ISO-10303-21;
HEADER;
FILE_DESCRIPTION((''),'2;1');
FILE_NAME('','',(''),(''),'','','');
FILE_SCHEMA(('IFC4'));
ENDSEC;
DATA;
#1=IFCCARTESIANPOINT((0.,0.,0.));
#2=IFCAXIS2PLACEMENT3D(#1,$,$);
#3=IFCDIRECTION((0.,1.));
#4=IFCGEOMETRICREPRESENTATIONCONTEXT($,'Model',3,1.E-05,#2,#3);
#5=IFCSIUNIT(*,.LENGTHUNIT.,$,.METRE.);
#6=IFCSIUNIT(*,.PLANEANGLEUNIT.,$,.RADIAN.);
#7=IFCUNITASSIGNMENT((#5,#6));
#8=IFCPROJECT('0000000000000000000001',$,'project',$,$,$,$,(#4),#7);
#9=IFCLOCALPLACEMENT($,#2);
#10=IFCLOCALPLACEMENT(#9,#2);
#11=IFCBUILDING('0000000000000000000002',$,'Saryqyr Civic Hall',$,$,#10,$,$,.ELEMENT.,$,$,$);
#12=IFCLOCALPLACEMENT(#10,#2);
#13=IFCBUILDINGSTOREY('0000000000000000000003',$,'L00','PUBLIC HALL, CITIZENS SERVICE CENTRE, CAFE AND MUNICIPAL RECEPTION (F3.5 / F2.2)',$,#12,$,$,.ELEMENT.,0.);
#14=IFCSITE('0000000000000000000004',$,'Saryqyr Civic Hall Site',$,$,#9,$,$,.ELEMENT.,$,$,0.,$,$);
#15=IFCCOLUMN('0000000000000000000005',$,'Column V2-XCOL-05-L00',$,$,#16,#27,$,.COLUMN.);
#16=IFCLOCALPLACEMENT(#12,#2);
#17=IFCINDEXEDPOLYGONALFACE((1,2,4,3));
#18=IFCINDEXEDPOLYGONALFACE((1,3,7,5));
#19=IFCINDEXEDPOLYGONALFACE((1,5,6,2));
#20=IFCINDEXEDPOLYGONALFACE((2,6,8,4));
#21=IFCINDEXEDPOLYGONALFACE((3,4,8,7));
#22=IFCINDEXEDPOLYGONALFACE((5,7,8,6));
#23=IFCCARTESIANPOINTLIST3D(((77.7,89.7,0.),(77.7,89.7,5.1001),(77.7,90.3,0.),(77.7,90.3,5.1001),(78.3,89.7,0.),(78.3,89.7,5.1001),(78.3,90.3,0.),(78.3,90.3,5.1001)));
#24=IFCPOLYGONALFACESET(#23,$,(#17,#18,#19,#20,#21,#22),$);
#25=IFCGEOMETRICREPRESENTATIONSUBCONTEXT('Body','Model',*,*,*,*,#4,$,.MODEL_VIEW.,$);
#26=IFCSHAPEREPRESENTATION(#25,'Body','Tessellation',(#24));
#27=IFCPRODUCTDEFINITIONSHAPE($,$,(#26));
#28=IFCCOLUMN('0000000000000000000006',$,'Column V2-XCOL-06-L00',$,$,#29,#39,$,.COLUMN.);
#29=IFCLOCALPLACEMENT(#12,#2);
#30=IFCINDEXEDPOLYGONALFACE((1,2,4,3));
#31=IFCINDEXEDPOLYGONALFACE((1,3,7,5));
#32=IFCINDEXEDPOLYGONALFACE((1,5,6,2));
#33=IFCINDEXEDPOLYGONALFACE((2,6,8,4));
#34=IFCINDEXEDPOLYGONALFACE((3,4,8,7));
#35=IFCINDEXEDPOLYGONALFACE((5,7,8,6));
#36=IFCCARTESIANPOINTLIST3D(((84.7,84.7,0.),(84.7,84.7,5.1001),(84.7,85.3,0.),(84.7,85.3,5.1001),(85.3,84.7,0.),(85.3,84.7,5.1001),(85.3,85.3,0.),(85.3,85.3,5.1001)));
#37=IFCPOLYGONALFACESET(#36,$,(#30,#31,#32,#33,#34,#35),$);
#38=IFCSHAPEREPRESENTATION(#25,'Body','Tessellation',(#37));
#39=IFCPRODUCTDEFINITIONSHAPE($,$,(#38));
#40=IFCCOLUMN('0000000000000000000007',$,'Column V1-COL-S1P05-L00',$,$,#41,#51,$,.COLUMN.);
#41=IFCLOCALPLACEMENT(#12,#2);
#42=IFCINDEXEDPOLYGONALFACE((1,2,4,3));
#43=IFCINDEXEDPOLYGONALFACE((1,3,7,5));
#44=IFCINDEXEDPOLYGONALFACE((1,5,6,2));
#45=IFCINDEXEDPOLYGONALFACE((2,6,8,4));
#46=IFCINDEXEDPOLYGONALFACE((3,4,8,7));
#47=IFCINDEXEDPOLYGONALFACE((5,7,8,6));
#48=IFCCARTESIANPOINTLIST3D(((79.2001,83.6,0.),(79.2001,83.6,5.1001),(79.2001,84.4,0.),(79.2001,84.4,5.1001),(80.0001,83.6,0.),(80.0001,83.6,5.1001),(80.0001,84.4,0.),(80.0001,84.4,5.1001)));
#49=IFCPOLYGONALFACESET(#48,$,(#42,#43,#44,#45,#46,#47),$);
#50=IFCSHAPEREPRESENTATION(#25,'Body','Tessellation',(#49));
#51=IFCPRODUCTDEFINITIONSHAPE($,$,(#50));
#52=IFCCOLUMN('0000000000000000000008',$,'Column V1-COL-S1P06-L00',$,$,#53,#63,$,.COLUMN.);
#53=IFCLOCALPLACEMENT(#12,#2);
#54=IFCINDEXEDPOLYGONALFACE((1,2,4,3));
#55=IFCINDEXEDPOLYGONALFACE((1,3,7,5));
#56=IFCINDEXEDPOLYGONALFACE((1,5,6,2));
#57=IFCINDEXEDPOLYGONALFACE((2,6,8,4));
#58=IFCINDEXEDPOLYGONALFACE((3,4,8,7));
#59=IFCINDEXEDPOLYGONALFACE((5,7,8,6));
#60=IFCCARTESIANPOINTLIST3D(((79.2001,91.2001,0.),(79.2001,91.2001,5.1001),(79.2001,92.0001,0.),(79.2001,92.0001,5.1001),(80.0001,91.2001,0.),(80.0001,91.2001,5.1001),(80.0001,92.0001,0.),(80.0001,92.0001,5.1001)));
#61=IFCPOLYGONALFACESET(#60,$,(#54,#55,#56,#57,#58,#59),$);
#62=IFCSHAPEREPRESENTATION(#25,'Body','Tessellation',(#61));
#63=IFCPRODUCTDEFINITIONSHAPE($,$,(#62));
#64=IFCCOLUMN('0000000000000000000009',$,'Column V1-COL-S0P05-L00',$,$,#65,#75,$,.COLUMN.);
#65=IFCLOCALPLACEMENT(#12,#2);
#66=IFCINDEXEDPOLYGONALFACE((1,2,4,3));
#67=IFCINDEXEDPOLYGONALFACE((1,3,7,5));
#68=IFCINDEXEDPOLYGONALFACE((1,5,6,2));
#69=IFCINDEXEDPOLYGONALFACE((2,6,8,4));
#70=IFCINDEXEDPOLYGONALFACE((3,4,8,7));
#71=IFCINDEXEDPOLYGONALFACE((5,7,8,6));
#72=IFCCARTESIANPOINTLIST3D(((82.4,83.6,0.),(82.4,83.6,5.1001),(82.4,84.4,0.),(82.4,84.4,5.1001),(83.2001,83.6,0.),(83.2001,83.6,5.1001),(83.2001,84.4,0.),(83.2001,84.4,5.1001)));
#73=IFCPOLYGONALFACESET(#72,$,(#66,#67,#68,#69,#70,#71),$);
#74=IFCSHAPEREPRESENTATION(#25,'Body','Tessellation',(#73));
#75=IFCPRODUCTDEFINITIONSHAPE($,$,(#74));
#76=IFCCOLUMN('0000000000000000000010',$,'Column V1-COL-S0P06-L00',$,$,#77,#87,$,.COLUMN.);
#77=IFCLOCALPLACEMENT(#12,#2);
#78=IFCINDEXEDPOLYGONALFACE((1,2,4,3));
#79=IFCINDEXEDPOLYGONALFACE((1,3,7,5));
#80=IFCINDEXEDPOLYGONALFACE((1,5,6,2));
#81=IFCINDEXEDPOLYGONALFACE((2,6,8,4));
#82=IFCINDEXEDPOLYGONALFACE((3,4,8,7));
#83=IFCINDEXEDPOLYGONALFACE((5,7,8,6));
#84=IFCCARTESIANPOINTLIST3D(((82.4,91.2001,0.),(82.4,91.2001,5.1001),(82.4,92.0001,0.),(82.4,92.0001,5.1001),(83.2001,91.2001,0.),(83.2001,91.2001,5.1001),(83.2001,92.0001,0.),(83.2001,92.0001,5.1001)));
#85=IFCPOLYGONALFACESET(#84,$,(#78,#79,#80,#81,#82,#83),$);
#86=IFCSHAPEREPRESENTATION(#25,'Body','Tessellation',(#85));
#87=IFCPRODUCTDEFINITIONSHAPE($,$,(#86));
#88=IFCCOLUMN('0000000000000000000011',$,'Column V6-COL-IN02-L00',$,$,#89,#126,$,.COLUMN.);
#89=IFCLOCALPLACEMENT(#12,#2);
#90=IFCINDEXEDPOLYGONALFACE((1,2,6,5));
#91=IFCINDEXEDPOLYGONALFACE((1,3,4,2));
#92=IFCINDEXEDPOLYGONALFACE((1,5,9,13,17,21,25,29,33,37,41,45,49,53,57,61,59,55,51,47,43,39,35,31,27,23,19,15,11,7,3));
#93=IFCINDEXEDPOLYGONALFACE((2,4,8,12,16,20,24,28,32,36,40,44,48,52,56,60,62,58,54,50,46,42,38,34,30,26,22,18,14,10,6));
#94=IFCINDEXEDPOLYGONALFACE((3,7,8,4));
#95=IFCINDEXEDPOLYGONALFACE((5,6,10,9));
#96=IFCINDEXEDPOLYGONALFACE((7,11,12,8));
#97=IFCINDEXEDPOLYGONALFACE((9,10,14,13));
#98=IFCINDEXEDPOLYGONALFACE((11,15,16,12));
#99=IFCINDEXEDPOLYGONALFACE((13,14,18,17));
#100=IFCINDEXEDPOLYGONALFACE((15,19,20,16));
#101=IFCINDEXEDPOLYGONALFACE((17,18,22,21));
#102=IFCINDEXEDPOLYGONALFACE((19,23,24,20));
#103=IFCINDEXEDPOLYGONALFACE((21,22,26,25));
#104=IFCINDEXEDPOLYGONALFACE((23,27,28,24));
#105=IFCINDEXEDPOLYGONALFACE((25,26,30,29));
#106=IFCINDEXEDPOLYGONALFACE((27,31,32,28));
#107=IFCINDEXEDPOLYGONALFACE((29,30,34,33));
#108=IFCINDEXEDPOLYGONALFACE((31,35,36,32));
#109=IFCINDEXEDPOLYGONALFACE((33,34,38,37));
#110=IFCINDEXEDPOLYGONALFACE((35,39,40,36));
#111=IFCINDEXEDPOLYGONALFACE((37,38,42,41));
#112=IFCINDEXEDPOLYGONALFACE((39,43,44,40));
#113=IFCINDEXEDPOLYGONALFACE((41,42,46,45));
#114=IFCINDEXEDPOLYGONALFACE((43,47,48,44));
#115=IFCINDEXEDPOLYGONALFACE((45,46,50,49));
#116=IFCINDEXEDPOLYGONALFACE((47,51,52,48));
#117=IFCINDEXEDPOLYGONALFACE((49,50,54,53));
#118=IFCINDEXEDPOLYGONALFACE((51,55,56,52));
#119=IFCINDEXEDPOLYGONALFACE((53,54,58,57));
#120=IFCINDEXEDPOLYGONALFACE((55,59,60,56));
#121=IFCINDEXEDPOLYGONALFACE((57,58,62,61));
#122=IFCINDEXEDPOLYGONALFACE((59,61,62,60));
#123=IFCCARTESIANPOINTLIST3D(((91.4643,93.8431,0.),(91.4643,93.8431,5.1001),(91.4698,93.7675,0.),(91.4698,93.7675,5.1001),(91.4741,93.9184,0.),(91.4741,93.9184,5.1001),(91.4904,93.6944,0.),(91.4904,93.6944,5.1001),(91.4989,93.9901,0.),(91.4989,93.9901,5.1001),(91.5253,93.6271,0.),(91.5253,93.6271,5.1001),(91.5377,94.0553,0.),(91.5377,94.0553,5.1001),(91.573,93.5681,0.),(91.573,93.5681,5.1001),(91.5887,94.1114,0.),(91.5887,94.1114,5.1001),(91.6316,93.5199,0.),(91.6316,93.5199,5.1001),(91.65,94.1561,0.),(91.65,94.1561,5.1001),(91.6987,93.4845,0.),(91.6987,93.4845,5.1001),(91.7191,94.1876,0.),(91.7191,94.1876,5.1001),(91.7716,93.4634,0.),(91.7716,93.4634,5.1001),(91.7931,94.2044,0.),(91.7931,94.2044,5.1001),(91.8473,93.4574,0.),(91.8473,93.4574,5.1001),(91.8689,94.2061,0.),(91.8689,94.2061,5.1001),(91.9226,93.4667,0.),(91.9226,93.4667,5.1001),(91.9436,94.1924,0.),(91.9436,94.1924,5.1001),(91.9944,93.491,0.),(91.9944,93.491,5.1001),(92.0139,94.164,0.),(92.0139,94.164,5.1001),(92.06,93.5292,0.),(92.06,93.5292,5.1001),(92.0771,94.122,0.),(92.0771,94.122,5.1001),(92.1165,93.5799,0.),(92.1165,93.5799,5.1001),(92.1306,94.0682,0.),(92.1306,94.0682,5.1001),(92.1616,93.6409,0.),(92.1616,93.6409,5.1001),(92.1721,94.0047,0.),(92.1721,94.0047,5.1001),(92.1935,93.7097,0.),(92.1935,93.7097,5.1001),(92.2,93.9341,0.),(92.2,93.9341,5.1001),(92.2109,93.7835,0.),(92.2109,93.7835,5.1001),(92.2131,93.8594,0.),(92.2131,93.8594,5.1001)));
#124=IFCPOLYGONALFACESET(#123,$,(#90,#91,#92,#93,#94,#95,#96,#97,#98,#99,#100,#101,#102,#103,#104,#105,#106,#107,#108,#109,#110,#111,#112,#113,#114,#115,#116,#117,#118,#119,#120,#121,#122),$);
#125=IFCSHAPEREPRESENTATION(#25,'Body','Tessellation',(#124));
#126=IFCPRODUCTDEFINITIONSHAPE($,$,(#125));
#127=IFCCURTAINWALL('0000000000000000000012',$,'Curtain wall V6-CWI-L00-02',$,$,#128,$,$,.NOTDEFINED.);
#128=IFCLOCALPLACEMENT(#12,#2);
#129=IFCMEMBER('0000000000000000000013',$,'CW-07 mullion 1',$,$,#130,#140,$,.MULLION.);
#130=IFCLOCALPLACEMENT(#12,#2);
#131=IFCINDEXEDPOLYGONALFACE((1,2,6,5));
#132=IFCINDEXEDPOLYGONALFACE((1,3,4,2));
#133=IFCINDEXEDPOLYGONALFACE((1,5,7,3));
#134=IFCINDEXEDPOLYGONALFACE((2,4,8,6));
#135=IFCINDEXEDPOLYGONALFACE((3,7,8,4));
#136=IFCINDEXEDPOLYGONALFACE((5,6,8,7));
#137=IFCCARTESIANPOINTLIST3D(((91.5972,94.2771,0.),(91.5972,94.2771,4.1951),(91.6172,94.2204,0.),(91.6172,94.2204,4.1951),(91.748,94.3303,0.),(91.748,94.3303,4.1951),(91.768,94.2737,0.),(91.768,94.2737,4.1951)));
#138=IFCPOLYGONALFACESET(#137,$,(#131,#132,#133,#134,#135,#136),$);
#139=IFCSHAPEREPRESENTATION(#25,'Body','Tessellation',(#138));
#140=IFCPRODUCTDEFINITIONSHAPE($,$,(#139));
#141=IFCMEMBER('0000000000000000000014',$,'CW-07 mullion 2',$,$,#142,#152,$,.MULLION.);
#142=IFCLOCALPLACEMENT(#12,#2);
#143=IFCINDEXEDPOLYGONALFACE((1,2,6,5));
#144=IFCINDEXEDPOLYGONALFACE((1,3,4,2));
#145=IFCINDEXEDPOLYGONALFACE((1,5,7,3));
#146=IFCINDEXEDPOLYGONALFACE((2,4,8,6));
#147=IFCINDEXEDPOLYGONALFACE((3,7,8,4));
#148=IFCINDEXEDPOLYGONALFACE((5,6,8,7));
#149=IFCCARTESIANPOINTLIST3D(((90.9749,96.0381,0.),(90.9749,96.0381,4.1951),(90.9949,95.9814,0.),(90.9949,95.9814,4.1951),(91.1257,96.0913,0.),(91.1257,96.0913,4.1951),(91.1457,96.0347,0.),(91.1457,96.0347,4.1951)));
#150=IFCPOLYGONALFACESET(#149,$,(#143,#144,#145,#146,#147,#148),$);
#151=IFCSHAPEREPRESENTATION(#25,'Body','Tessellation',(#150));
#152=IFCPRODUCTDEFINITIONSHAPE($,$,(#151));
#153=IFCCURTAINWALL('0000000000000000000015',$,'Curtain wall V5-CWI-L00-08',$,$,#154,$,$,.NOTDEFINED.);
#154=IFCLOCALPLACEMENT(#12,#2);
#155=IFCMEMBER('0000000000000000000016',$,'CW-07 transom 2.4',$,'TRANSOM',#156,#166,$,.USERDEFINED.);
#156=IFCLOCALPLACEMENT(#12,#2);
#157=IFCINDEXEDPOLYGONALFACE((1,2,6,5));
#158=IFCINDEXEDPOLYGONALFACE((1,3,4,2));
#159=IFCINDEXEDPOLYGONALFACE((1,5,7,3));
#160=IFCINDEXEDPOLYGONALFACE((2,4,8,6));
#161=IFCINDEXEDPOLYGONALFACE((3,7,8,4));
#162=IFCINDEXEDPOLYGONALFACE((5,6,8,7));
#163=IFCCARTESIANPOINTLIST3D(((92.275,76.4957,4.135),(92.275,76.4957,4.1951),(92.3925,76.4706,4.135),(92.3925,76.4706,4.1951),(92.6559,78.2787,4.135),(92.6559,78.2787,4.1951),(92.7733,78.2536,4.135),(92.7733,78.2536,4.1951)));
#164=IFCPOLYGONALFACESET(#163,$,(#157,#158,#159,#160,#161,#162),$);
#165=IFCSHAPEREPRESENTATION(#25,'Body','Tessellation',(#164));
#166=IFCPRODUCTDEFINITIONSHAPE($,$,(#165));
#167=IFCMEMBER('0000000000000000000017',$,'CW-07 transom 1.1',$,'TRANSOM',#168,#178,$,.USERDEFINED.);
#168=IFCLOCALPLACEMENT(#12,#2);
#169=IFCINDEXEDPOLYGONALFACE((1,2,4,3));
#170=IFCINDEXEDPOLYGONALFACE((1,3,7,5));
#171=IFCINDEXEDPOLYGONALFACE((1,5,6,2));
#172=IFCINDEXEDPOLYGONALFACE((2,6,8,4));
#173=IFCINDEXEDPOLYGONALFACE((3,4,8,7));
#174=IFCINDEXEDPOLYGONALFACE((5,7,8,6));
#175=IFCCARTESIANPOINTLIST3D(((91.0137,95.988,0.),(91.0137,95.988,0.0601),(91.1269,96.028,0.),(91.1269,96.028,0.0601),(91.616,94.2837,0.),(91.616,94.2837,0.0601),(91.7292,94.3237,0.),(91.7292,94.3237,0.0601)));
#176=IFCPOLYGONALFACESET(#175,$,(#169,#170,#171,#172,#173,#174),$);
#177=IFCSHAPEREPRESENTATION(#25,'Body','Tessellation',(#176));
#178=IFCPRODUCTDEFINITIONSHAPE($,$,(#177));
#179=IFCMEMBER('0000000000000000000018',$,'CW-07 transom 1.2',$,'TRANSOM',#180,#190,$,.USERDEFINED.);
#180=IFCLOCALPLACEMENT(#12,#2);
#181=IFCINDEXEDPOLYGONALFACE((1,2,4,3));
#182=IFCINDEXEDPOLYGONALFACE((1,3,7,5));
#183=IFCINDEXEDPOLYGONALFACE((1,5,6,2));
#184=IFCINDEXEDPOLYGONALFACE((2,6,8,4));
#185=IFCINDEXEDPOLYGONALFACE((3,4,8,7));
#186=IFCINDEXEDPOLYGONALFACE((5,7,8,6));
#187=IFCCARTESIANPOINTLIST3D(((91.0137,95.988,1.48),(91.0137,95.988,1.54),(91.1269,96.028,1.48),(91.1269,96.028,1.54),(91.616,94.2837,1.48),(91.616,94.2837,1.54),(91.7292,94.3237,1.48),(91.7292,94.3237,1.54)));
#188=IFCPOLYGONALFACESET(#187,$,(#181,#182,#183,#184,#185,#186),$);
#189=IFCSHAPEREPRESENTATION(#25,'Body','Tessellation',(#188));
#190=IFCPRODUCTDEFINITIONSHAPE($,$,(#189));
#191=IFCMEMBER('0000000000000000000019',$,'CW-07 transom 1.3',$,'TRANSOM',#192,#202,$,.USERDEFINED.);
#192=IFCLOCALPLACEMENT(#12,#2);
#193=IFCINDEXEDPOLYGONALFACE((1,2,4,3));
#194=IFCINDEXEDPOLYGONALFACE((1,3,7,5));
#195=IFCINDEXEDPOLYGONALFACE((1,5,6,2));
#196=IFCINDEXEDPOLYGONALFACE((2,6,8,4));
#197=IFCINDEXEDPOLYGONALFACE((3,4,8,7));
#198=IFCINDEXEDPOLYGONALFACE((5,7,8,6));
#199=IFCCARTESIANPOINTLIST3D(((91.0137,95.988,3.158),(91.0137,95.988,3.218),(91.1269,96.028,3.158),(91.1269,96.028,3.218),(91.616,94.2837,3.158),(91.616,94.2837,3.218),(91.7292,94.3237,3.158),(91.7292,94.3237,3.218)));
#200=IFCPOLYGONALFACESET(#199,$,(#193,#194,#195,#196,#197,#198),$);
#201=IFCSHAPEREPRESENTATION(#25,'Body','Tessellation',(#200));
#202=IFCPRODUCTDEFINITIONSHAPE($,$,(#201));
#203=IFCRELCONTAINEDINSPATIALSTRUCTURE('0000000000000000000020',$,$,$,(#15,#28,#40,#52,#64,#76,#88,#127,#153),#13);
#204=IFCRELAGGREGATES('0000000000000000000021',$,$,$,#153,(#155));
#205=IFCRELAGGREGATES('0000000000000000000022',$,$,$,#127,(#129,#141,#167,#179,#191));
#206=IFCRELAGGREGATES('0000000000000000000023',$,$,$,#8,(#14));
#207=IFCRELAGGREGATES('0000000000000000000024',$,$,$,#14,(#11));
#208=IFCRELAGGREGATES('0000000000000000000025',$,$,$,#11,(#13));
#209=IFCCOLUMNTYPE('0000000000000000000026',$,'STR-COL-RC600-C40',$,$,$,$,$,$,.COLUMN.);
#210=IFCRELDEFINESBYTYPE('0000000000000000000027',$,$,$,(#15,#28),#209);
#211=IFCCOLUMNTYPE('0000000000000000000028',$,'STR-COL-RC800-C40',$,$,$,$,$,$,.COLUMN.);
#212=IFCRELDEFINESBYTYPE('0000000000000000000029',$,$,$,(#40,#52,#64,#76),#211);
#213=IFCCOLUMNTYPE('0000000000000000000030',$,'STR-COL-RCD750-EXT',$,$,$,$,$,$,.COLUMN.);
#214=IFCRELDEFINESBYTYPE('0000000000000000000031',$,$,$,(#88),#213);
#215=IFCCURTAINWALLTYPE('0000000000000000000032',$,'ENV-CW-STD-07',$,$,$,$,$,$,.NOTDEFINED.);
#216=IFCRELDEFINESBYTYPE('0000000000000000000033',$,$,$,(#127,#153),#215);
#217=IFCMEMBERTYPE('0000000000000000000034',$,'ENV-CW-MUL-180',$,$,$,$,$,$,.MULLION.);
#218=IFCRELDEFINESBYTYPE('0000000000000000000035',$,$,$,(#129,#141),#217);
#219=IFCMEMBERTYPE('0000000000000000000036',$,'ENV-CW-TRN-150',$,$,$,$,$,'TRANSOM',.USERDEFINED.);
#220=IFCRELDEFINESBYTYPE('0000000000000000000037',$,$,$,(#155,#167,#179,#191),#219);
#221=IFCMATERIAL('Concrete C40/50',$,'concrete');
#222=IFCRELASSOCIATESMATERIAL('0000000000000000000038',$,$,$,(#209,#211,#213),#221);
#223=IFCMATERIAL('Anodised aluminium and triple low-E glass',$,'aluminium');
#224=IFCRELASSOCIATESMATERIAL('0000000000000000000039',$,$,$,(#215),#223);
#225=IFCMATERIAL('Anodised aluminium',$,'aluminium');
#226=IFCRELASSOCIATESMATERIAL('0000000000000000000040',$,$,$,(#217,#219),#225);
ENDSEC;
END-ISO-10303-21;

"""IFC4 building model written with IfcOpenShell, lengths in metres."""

from ifc_helpers import new_model, si_unit, direction, frame, origin, origin_2d, place, context, subcontext, project, spatial, rectangle, circle, extrude, material, material_profile, profile_set, type_object, element, aggregate, save


model = new_model("IFC4")

# Units and contexts
model_context = context("Model", 3, precision=1e-05, world=origin(), true_north=direction((0.0, 1.0)))
body_context = subcontext(model_context, "Body", "Model", "MODEL_VIEW")
ifc_project = project(units=[si_unit("LENGTHUNIT", "METRE"), si_unit("PLANEANGLEUNIT", "RADIAN")], contexts=[model_context])

# Site, building, storey
site_placement = place(None, origin())
site = spatial("IfcSite", under=ifc_project, at=site_placement, Name="Saryqyr Civic Hall Site", CompositionType="ELEMENT", RefElevation=0.0)
building_placement = place(site_placement, origin())
building = spatial("IfcBuilding", under=site, at=building_placement, Name="Saryqyr Civic Hall", CompositionType="ELEMENT")
storey_placement = place(building_placement, origin())
storey = spatial("IfcBuildingStorey", under=building, at=storey_placement, Name="L00", Description="PUBLIC HALL, CITIZENS SERVICE CENTRE, CAFE AND MUNICIPAL RECEPTION (F3.5 / F2.2)", CompositionType="ELEMENT", Elevation=0.0)

# Columns
ifc_material_1 = material(Name="Concrete C40/50", Category="concrete")
ifc_material_profile_1 = material_profile(ifc_material_1, rectangle(XDim=0.6001, YDim=0.6001, at=origin_2d()), Name="RC 600x600")
ifc_profile_set_1 = profile_set([ifc_material_profile_1], Name="Concrete C40/50")
column_type_1 = type_object("IfcColumnType", Name="STR-COL-RC600-C40", PredefinedType="COLUMN", material=ifc_profile_set_1)
for number, where, z_axis, x_axis, name in (
    (1, (78.0, 90.0, 0.0), (0.0, 0.0, 1.0), (1.0, 0.0, 0.0), "Column V2-XCOL-05-L00"),
    (2, (85.0, 85.0, 0.0), (0.0, 0.0, 1.0), (1.0, 0.0, 0.0), "Column V2-XCOL-06-L00"),
):
    element("IfcColumn", number, at=place(storey_placement, frame(where, z_axis=z_axis, x_axis=x_axis)), inside=storey, type_object=column_type_1, Name=name, PredefinedType="COLUMN", context=body_context, shape_type="SweptSolid", body=[
        extrude(rectangle(XDim=0.6001, YDim=0.6001, at=origin_2d()), origin(), (0.0, 0.0, 1.0), 5.1001),
    ])
ifc_material_profile_2 = material_profile(ifc_material_1, rectangle(XDim=0.8, YDim=0.8, at=origin_2d()), Name="RC 800x800")
ifc_profile_set_2 = profile_set([ifc_material_profile_2], Name="Concrete C40/50")
column_type_2 = type_object("IfcColumnType", Name="STR-COL-RC800-C40", PredefinedType="COLUMN", material=ifc_profile_set_2)
for number, where, z_axis, x_axis, name in (
    (3, (79.6001, 84.0, 0.0), (0.0, 0.0, 1.0), (1.0, 0.0, 0.0), "Column V1-COL-S1P05-L00"),
    (4, (79.6001, 91.6001, 0.0), (0.0, 0.0, 1.0), (1.0, 0.0, 0.0), "Column V1-COL-S1P06-L00"),
    (5, (82.8, 84.0, 0.0), (0.0, 0.0, 1.0), (1.0, 0.0, 0.0), "Column V1-COL-S0P05-L00"),
    (6, (82.8, 91.6001, 0.0), (0.0, 0.0, 1.0), (1.0, 0.0, 0.0), "Column V1-COL-S0P06-L00"),
):
    element("IfcColumn", number, at=place(storey_placement, frame(where, z_axis=z_axis, x_axis=x_axis)), inside=storey, type_object=column_type_2, Name=name, PredefinedType="COLUMN", context=body_context, shape_type="SweptSolid", body=[
        extrude(rectangle(XDim=0.8, YDim=0.8, at=origin_2d()), origin(), (0.0, 0.0, 1.0), 5.1001),
    ])
ifc_material_profile_3 = material_profile(ifc_material_1, circle(Radius=0.375, at=origin_2d()), Name="RC D750")
ifc_profile_set_3 = profile_set([ifc_material_profile_3], Name="Concrete C40/50")
column_type_3 = type_object("IfcColumnType", Name="STR-COL-RCD750-EXT", PredefinedType="COLUMN", material=ifc_profile_set_3)
column_placement = place(storey_placement, frame((91.8391, 93.8323, 0.0), z_axis=(0.0, 0.0, 1.0), x_axis=(0.962408, 0.271608, 0.0)))
element("IfcColumn", 7, at=column_placement, inside=storey, type_object=column_type_3, Name="Column V6-COL-IN02-L00", PredefinedType="COLUMN", context=body_context, shape_type="SweptSolid", body=[
    extrude(circle(Radius=0.375, at=origin_2d()), origin(), (0.0, 0.0, 1.0), 5.1001),
])

# Curtain wall, members
ifc_material_2 = material(Name="Anodised aluminium and triple low-E glass", Category="aluminium")
curtain_wall_type = type_object("IfcCurtainWallType", Name="ENV-CW-STD-07", PredefinedType="NOTDEFINED", material=ifc_material_2)
curtain_wall_1_placement = place(storey_placement, origin())
curtain_wall_1 = element("IfcCurtainWall", 8, at=curtain_wall_1_placement, inside=storey, type_object=curtain_wall_type, Name="Curtain wall V6-CWI-L00-02", PredefinedType="NOTDEFINED")
ifc_material_3 = material(Name="Anodised aluminium", Category="aluminium")
ifc_material_profile_4 = material_profile(ifc_material_3, rectangle(XDim=0.0601, YDim=0.1599, at=origin_2d()), Name="ALU MULLION 60x160")
ifc_profile_set_4 = profile_set([ifc_material_profile_4], Name="Anodised aluminium")
member_type_1 = type_object("IfcMemberType", Name="ENV-CW-MUL-180", PredefinedType="MULLION", material=ifc_profile_set_4)
member_1_placement = place(storey_placement, frame((91.6826, 94.2754, 0.0), z_axis=(0.0, 0.0, 1.0), x_axis=(-0.333173, 0.942866, 0.0)))
member_1 = element("IfcMember", 9, at=member_1_placement, type_object=member_type_1, Name="CW-07 mullion 1", PredefinedType="MULLION", context=body_context, shape_type="SweptSolid", body=[
    extrude(rectangle(XDim=0.0601, YDim=0.1599, at=origin_2d()), origin(), (0.0, 0.0, 1.0), 4.1951),
])
member_2_placement = place(storey_placement, frame((91.0603, 96.0364, 0.0), z_axis=(0.0, 0.0, 1.0), x_axis=(-0.333173, 0.942866, 0.0)))
member_2 = element("IfcMember", 10, at=member_2_placement, type_object=member_type_1, Name="CW-07 mullion 2", PredefinedType="MULLION", context=body_context, shape_type="SweptSolid", body=[
    extrude(rectangle(XDim=0.0601, YDim=0.1599, at=origin_2d()), origin(), (0.0, 0.0, 1.0), 4.1951),
])

# Curtain wall, member
curtain_wall_2_placement = place(storey_placement, origin())
curtain_wall_2 = element("IfcCurtainWall", 11, at=curtain_wall_2_placement, inside=storey, type_object=curtain_wall_type, Name="Curtain wall V5-CWI-L00-08", PredefinedType="NOTDEFINED")
ifc_material_profile_5 = material_profile(ifc_material_3, rectangle(XDim=0.1201, YDim=0.0601, at=origin_2d()), Name="ALU TRANSOM 120x60")
ifc_profile_set_5 = profile_set([ifc_material_profile_5], Name="Anodised aluminium")
member_type_2 = type_object("IfcMemberType", Name="ENV-CW-TRN-150", ElementType="TRANSOM", PredefinedType="USERDEFINED", material=ifc_profile_set_5)
member_3_placement = place(storey_placement, frame((92.3337, 76.4832, 4.165), z_axis=(0.208898, 0.977937, 0.0), x_axis=(-0.977937, 0.208898, 0.0)))
member_3 = element("IfcMember", 12, at=member_3_placement, type_object=member_type_2, Name="CW-07 transom 2.4", ObjectType="TRANSOM", PredefinedType="USERDEFINED", context=body_context, shape_type="SweptSolid", body=[
    extrude(rectangle(XDim=0.1201, YDim=0.0601, at=origin_2d()), origin(), (0.0, 0.0, 1.0), 1.8232),
])
aggregate(curtain_wall_2, [member_3])

# Members
member_4_placement = place(storey_placement, frame((91.6726, 94.3037, 0.03), z_axis=(-0.333195, 0.942858, 0.0), x_axis=(-0.942858, -0.333195, 0.0)))
member_4 = element("IfcMember", 13, at=member_4_placement, type_object=member_type_2, Name="CW-07 transom 1.1", ObjectType="TRANSOM", PredefinedType="USERDEFINED", context=body_context, shape_type="SweptSolid", body=[
    extrude(rectangle(XDim=0.1201, YDim=0.0601, at=origin_2d()), origin(), (0.0, 0.0, 1.0), 1.8076),
])
member_5_placement = place(storey_placement, frame((91.6726, 94.3037, 1.51), z_axis=(-0.333195, 0.942858, 0.0), x_axis=(-0.942858, -0.333195, 0.0)))
member_5 = element("IfcMember", 14, at=member_5_placement, type_object=member_type_2, Name="CW-07 transom 1.2", ObjectType="TRANSOM", PredefinedType="USERDEFINED", context=body_context, shape_type="SweptSolid", body=[
    extrude(rectangle(XDim=0.1201, YDim=0.0601, at=origin_2d()), origin(), (0.0, 0.0, 1.0), 1.8076),
])
member_6_placement = place(storey_placement, frame((91.6726, 94.3037, 3.188), z_axis=(-0.333195, 0.942858, 0.0), x_axis=(-0.942858, -0.333195, 0.0)))
member_6 = element("IfcMember", 15, at=member_6_placement, type_object=member_type_2, Name="CW-07 transom 1.3", ObjectType="TRANSOM", PredefinedType="USERDEFINED", context=body_context, shape_type="SweptSolid", body=[
    extrude(rectangle(XDim=0.1201, YDim=0.0601, at=origin_2d()), origin(), (0.0, 0.0, 1.0), 1.8076),
])

aggregate(curtain_wall_1, [member_1, member_2, member_4, member_5, member_6])

save(model, "model.ifc")
